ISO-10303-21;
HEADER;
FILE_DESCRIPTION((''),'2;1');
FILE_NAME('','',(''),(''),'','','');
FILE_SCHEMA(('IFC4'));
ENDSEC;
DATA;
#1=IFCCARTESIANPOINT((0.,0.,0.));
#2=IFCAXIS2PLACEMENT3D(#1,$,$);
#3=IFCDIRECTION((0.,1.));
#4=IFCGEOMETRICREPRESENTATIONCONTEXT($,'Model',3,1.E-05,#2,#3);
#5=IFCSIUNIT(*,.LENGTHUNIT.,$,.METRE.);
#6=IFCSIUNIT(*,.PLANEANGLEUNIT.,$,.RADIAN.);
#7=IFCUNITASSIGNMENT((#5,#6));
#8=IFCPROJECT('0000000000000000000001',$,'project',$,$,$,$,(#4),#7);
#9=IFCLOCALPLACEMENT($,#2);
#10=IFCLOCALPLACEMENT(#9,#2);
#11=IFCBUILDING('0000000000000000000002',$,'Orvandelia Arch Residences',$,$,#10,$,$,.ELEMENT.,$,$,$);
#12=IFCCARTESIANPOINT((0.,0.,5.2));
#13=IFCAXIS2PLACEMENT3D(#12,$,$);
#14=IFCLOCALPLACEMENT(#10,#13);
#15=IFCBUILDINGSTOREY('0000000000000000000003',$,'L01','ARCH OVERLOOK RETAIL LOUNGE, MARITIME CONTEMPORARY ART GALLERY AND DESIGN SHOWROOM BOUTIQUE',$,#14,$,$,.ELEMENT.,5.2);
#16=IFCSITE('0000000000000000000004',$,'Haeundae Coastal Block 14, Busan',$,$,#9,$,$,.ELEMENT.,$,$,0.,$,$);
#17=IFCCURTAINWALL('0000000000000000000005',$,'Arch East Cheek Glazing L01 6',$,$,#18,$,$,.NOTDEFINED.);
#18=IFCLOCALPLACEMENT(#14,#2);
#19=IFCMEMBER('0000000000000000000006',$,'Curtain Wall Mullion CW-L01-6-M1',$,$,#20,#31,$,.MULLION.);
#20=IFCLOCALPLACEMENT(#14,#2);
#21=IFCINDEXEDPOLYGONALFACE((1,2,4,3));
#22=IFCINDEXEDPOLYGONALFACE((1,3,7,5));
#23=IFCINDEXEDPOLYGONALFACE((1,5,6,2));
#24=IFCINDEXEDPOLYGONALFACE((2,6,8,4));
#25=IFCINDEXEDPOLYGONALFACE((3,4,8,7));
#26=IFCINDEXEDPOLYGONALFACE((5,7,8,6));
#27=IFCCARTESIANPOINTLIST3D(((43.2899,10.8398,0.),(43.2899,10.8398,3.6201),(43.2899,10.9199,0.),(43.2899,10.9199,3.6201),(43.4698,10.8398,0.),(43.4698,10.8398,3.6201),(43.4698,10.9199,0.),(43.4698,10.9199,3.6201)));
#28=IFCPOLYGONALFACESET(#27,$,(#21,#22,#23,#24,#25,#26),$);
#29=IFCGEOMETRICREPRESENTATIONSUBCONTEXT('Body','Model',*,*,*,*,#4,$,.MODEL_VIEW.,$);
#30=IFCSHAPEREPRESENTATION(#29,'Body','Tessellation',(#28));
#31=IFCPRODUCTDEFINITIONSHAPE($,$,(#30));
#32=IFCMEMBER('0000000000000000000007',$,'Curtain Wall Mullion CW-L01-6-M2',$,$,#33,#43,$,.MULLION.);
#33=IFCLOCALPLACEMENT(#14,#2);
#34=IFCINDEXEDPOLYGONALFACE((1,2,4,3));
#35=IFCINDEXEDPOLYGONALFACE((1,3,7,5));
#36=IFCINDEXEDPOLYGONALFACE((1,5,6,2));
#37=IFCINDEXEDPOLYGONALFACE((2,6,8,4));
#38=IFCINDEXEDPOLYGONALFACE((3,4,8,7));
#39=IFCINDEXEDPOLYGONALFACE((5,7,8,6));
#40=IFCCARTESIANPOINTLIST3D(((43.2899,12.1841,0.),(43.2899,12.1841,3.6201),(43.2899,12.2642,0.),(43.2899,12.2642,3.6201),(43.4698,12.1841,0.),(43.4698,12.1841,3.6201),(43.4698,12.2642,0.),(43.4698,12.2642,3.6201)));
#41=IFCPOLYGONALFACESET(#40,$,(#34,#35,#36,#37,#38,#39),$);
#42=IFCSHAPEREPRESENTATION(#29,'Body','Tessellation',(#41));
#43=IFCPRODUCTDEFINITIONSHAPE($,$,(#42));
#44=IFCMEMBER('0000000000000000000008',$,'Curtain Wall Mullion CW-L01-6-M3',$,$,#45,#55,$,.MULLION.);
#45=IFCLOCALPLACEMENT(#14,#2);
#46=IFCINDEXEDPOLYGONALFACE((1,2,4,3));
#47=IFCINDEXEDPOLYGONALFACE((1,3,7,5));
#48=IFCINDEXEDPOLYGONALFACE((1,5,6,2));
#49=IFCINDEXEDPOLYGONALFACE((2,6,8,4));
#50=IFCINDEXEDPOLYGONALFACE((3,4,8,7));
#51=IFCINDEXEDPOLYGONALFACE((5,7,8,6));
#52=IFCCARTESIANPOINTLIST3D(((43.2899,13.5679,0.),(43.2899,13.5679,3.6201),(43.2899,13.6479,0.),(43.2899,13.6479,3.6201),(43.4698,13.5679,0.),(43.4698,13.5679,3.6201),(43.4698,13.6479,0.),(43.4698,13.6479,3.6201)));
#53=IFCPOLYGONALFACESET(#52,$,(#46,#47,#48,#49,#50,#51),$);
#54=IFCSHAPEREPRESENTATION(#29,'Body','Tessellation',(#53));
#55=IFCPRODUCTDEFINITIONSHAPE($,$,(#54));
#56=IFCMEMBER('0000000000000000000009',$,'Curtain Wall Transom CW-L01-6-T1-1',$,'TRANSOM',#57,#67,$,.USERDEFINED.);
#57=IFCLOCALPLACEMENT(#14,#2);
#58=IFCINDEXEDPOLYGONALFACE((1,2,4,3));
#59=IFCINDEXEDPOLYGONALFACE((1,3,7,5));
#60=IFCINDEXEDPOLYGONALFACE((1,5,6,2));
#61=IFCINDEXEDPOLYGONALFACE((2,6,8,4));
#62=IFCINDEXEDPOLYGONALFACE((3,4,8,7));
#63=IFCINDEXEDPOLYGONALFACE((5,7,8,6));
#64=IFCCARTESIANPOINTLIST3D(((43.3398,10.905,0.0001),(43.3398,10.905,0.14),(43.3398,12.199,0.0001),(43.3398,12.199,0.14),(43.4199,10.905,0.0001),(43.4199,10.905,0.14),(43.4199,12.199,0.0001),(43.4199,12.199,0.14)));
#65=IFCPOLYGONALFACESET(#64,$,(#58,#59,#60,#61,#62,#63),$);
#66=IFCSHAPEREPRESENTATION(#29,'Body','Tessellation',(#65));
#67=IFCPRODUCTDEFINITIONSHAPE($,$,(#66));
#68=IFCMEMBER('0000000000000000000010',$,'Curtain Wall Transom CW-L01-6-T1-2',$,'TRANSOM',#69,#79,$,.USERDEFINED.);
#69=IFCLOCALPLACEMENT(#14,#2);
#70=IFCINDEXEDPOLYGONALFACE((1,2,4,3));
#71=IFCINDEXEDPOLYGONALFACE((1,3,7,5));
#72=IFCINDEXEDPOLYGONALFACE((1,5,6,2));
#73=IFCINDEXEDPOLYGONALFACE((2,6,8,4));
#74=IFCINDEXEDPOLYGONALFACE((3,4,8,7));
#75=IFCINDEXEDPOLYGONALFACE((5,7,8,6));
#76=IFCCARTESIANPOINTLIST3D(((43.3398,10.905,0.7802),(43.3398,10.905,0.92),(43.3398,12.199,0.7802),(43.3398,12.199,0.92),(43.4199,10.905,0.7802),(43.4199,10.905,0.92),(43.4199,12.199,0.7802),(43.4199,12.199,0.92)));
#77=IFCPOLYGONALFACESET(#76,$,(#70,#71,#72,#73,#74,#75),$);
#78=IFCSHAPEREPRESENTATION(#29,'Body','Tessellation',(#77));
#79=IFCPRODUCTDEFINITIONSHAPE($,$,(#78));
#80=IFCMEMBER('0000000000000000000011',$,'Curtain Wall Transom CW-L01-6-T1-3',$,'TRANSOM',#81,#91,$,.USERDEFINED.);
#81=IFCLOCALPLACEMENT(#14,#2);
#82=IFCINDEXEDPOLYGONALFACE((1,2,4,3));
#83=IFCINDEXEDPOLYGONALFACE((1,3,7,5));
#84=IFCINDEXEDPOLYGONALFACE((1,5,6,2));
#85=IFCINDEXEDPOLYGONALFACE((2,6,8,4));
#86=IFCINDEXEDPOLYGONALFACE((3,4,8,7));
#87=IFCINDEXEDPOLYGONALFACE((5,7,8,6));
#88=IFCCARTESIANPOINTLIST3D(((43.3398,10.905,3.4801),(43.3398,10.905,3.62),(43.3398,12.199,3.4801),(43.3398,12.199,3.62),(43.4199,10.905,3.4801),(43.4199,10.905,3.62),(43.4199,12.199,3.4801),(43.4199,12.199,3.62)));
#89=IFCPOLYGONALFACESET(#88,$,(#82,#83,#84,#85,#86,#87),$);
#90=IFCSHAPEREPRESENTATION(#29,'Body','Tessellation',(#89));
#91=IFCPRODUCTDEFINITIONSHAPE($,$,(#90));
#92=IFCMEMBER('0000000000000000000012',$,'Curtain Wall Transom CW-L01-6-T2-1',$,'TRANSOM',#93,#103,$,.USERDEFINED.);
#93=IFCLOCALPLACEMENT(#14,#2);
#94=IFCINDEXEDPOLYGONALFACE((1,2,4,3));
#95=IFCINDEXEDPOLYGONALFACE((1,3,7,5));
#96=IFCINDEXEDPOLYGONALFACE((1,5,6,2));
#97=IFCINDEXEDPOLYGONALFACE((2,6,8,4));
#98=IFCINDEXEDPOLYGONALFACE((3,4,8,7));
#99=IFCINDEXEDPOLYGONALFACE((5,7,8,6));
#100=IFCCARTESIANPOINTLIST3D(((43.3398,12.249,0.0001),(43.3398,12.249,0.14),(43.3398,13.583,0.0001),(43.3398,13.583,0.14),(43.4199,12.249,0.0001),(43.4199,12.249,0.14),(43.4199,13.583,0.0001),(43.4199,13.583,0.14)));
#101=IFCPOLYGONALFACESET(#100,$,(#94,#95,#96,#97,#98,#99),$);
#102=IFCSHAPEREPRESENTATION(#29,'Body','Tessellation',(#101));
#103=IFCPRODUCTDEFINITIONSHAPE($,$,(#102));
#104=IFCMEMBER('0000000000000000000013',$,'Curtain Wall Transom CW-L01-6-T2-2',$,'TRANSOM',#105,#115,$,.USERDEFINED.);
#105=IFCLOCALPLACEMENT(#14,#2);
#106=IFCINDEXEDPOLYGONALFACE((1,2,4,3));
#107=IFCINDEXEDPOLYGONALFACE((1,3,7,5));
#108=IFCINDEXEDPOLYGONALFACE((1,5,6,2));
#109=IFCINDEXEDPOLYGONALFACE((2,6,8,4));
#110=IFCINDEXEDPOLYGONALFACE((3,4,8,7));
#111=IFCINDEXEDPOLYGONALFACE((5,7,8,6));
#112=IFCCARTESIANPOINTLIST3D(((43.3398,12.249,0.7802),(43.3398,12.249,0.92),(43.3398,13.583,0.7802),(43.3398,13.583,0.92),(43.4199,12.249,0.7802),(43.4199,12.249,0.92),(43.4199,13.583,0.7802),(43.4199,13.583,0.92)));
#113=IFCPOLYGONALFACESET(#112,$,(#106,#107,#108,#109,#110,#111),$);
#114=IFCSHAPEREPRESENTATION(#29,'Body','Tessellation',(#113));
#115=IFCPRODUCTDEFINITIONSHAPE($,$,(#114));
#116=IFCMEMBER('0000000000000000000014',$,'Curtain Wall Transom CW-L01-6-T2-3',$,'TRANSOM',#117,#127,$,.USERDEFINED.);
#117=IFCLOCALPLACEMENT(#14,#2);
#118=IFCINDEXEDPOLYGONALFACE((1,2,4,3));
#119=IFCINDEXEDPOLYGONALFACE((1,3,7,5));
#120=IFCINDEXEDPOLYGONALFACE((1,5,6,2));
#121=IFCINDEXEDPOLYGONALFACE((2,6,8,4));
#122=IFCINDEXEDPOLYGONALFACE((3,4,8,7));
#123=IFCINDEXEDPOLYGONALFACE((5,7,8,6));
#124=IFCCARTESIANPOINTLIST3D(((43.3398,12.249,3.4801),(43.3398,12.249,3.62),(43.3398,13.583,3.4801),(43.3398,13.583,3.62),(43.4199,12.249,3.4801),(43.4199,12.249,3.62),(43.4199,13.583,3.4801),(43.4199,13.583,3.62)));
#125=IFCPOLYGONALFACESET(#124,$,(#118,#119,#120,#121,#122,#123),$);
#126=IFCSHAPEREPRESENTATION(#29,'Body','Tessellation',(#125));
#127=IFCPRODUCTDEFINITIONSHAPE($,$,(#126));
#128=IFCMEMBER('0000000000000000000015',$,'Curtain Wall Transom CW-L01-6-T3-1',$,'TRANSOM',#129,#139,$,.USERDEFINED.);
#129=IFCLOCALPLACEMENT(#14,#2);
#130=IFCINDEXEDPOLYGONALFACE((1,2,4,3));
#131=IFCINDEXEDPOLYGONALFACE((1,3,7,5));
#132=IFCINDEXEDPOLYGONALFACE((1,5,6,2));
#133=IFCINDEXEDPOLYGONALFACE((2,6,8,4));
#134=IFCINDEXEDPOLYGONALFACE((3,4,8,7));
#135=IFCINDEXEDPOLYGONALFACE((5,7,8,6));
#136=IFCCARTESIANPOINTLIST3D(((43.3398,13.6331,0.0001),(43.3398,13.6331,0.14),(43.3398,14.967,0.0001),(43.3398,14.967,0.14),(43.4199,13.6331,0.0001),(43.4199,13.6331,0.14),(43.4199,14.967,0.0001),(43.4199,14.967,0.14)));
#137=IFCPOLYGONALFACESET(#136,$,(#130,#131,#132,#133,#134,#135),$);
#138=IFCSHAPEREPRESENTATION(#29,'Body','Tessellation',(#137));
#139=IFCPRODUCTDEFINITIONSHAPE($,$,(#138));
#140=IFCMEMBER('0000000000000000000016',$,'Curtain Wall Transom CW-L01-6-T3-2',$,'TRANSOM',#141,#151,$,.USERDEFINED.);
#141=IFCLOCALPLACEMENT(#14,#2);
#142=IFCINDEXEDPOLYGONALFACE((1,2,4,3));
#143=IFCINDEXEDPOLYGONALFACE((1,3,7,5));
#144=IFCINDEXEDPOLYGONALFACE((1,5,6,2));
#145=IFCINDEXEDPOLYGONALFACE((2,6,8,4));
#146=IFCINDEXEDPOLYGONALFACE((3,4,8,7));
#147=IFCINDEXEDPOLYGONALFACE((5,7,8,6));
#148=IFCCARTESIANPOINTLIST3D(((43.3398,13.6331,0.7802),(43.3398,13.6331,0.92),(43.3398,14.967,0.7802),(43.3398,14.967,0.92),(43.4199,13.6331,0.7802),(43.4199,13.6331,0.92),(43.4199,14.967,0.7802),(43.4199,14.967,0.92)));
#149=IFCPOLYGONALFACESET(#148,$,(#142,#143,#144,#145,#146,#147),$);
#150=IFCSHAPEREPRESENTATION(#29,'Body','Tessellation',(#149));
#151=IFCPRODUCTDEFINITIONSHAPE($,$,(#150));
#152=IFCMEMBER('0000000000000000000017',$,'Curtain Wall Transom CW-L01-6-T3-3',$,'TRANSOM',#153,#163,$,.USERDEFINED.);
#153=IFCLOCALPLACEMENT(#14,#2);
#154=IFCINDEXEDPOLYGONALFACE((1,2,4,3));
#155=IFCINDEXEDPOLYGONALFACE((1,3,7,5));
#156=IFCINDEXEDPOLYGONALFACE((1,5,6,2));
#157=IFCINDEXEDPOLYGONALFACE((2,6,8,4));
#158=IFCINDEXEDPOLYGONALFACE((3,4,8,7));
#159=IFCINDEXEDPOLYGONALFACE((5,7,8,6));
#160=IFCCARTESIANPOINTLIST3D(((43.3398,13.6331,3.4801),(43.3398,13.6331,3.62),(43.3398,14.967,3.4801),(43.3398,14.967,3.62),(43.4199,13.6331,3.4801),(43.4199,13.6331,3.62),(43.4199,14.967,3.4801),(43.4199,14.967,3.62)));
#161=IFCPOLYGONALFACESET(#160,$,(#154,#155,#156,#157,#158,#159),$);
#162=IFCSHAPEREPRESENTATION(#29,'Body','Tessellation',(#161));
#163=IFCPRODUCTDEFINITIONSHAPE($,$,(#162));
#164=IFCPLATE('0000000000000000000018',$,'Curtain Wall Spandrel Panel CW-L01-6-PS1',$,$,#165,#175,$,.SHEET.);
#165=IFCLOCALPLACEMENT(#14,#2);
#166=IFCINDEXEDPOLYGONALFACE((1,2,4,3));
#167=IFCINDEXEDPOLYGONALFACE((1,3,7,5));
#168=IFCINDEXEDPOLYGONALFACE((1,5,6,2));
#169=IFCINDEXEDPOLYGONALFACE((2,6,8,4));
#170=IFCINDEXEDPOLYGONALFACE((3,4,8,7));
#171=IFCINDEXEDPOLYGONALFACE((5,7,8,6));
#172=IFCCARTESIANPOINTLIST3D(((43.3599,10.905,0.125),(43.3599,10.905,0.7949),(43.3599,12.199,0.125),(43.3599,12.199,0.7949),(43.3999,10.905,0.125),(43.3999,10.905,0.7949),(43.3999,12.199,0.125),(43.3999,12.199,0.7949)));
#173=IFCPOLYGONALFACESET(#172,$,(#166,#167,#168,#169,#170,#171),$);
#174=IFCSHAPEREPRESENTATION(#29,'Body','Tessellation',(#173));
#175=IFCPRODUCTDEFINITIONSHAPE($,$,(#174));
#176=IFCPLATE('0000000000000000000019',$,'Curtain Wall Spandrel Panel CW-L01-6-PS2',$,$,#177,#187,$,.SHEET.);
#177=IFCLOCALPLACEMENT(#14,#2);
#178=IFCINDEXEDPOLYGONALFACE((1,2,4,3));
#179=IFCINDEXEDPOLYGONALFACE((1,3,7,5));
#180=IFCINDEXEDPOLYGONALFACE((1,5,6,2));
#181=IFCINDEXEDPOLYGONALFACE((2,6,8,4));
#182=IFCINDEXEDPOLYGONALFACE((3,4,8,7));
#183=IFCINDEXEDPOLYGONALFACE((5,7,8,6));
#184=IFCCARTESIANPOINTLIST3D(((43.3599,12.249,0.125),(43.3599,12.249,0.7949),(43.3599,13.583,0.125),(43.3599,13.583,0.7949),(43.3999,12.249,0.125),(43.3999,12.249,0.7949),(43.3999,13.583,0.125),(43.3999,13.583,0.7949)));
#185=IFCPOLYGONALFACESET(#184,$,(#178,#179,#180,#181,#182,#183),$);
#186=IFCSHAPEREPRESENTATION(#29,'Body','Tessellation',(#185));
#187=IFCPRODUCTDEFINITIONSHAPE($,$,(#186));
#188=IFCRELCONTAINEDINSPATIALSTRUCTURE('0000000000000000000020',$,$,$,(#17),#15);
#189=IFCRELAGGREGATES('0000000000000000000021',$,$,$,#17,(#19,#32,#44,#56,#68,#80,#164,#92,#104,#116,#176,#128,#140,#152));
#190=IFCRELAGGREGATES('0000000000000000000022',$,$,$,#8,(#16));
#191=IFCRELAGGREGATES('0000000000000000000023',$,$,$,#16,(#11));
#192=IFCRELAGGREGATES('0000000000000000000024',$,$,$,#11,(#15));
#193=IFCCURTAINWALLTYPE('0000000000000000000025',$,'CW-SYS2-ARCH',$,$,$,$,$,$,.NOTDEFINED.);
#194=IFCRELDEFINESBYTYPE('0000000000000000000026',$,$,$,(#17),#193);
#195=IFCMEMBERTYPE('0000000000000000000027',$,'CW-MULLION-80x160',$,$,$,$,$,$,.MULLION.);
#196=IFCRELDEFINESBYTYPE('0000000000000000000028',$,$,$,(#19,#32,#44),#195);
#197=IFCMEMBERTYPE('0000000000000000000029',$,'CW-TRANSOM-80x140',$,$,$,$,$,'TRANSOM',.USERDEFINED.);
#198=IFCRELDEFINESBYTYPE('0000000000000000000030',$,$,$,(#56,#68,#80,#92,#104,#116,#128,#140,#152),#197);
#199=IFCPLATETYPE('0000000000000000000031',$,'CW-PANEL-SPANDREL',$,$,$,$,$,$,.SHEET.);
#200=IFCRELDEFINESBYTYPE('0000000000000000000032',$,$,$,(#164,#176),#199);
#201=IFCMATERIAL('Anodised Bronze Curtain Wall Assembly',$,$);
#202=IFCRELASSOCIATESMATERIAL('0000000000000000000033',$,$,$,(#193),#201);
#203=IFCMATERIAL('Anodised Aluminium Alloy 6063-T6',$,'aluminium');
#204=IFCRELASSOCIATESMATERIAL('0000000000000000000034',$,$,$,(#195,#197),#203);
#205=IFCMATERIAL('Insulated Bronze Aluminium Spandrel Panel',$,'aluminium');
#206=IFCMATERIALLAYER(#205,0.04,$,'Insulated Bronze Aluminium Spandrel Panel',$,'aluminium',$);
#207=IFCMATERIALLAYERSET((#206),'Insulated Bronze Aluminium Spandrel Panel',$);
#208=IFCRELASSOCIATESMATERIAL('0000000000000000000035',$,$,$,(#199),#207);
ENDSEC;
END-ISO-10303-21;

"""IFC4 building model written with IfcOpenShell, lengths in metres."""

from ifc_helpers import new_model, si_unit, direction, frame, origin, origin_2d, place, context, subcontext, project, spatial, rectangle, extrude, material, layer, layer_set, material_profile, profile_set, type_object, element, aggregate, save


model = new_model("IFC4")

# Units and contexts
model_context = context("Model", 3, precision=1e-05, world=origin(), true_north=direction((0.0, 1.0)))
body_context = subcontext(model_context, "Body", "Model", "MODEL_VIEW")
ifc_project = project(units=[si_unit("LENGTHUNIT", "METRE"), si_unit("PLANEANGLEUNIT", "RADIAN")], contexts=[model_context])

# Site, building, storey
site_placement = place(None, origin())
site = spatial("IfcSite", under=ifc_project, at=site_placement, Name="Haeundae Coastal Block 14, Busan", CompositionType="ELEMENT", RefElevation=0.0)
building_placement = place(site_placement, origin())
building = spatial("IfcBuilding", under=site, at=building_placement, Name="Orvandelia Arch Residences", CompositionType="ELEMENT")
storey_placement = place(building_placement, frame((0.0, 0.0, 5.2)))
storey = spatial("IfcBuildingStorey", under=building, at=storey_placement, Name="L01", Description="ARCH OVERLOOK RETAIL LOUNGE, MARITIME CONTEMPORARY ART GALLERY AND DESIGN SHOWROOM BOUTIQUE", CompositionType="ELEMENT", Elevation=5.2)

# Curtain wall, members, plates
ifc_material_1 = material(Name="Anodised Bronze Curtain Wall Assembly")
curtain_wall_type = type_object("IfcCurtainWallType", Name="CW-SYS2-ARCH", PredefinedType="NOTDEFINED", material=ifc_material_1)
curtain_wall_placement = place(storey_placement, origin())
curtain_wall = element("IfcCurtainWall", 1, at=curtain_wall_placement, inside=storey, type_object=curtain_wall_type, Name="Arch East Cheek Glazing L01 6", PredefinedType="NOTDEFINED")
ifc_material_2 = material(Name="Anodised Aluminium Alloy 6063-T6", Category="aluminium")
ifc_material_profile_1 = material_profile(ifc_material_2, rectangle(XDim=0.0801, YDim=0.1799, at=origin_2d()), Name="Anodised Aluminium Alloy 6063-T6", Category="aluminium")
ifc_profile_set_1 = profile_set([ifc_material_profile_1], Name="Anodised Aluminium Alloy 6063-T6")
member_type_1 = type_object("IfcMemberType", Name="CW-MULLION-80x160", PredefinedType="MULLION", material=ifc_profile_set_1)
member_1_placement = place(storey_placement, frame((43.3799, 10.8799, 0.0), z_axis=(0.0, 0.0, 1.0), x_axis=(0.0, 1.0, 0.0)))
member_1 = element("IfcMember", 2, at=member_1_placement, type_object=member_type_1, Name="Curtain Wall Mullion CW-L01-6-M1", PredefinedType="MULLION", context=body_context, shape_type="SweptSolid", body=[
    extrude(rectangle(XDim=0.0801, YDim=0.1799, at=origin_2d()), origin(), (0.0, 0.0, 1.0), 3.6201),
])
member_2_placement = place(storey_placement, frame((43.3799, 12.2241, 0.0), z_axis=(0.0, 0.0, 1.0), x_axis=(0.0, 1.0, 0.0)))
member_2 = element("IfcMember", 3, at=member_2_placement, type_object=member_type_1, Name="Curtain Wall Mullion CW-L01-6-M2", PredefinedType="MULLION", context=body_context, shape_type="SweptSolid", body=[
    extrude(rectangle(XDim=0.0801, YDim=0.1799, at=origin_2d()), origin(), (0.0, 0.0, 1.0), 3.6201),
])
member_3_placement = place(storey_placement, frame((43.3799, 13.6079, 0.0), z_axis=(0.0, 0.0, 1.0), x_axis=(0.0, 1.0, 0.0)))
member_3 = element("IfcMember", 4, at=member_3_placement, type_object=member_type_1, Name="Curtain Wall Mullion CW-L01-6-M3", PredefinedType="MULLION", context=body_context, shape_type="SweptSolid", body=[
    extrude(rectangle(XDim=0.0801, YDim=0.1799, at=origin_2d()), origin(), (0.0, 0.0, 1.0), 3.6201),
])
ifc_material_profile_2 = material_profile(ifc_material_2, rectangle(XDim=0.0801, YDim=0.1399, at=origin_2d()), Name="Anodised Aluminium Alloy 6063-T6", Category="aluminium")
ifc_profile_set_2 = profile_set([ifc_material_profile_2], Name="Anodised Aluminium Alloy 6063-T6")
member_type_2 = type_object("IfcMemberType", Name="CW-TRANSOM-80x140", ElementType="TRANSOM", PredefinedType="USERDEFINED", material=ifc_profile_set_2)
member_4_placement = place(storey_placement, frame((43.3799, 10.905, 0.0701), z_axis=(0.0, 1.0, 0.0), x_axis=(-1.0, 0.0, 0.0)))
member_4 = element("IfcMember", 5, at=member_4_placement, type_object=member_type_2, Name="Curtain Wall Transom CW-L01-6-T1-1", ObjectType="TRANSOM", PredefinedType="USERDEFINED", context=body_context, shape_type="SweptSolid", body=[
    extrude(rectangle(XDim=0.0801, YDim=0.1399, at=origin_2d()), origin(), (0.0, 0.0, 1.0), 1.2939),
])
member_5_placement = place(storey_placement, frame((43.3799, 10.905, 0.8501), z_axis=(0.0, 1.0, 0.0), x_axis=(-1.0, 0.0, 0.0)))
member_5 = element("IfcMember", 6, at=member_5_placement, type_object=member_type_2, Name="Curtain Wall Transom CW-L01-6-T1-2", ObjectType="TRANSOM", PredefinedType="USERDEFINED", context=body_context, shape_type="SweptSolid", body=[
    extrude(rectangle(XDim=0.0801, YDim=0.1399, at=origin_2d()), origin(), (0.0, 0.0, 1.0), 1.2939),
])
member_6_placement = place(storey_placement, frame((43.3799, 10.905, 3.55), z_axis=(0.0, 1.0, 0.0), x_axis=(-1.0, 0.0, 0.0)))
member_6 = element("IfcMember", 7, at=member_6_placement, type_object=member_type_2, Name="Curtain Wall Transom CW-L01-6-T1-3", ObjectType="TRANSOM", PredefinedType="USERDEFINED", context=body_context, shape_type="SweptSolid", body=[
    extrude(rectangle(XDim=0.0801, YDim=0.1399, at=origin_2d()), origin(), (0.0, 0.0, 1.0), 1.2939),
])
member_7_placement = place(storey_placement, frame((43.3799, 12.249, 0.0701), z_axis=(0.0, 1.0, 0.0), x_axis=(-1.0, 0.0, 0.0)))
member_7 = element("IfcMember", 8, at=member_7_placement, type_object=member_type_2, Name="Curtain Wall Transom CW-L01-6-T2-1", ObjectType="TRANSOM", PredefinedType="USERDEFINED", context=body_context, shape_type="SweptSolid", body=[
    extrude(rectangle(XDim=0.0801, YDim=0.1399, at=origin_2d()), origin(), (0.0, 0.0, 1.0), 1.334),
])
member_8_placement = place(storey_placement, frame((43.3799, 12.249, 0.8501), z_axis=(0.0, 1.0, 0.0), x_axis=(-1.0, 0.0, 0.0)))
member_8 = element("IfcMember", 9, at=member_8_placement, type_object=member_type_2, Name="Curtain Wall Transom CW-L01-6-T2-2", ObjectType="TRANSOM", PredefinedType="USERDEFINED", context=body_context, shape_type="SweptSolid", body=[
    extrude(rectangle(XDim=0.0801, YDim=0.1399, at=origin_2d()), origin(), (0.0, 0.0, 1.0), 1.334),
])
member_9_placement = place(storey_placement, frame((43.3799, 12.249, 3.55), z_axis=(0.0, 1.0, 0.0), x_axis=(-1.0, 0.0, 0.0)))
member_9 = element("IfcMember", 10, at=member_9_placement, type_object=member_type_2, Name="Curtain Wall Transom CW-L01-6-T2-3", ObjectType="TRANSOM", PredefinedType="USERDEFINED", context=body_context, shape_type="SweptSolid", body=[
    extrude(rectangle(XDim=0.0801, YDim=0.1399, at=origin_2d()), origin(), (0.0, 0.0, 1.0), 1.334),
])
member_10_placement = place(storey_placement, frame((43.3799, 13.6331, 0.0701), z_axis=(0.0, 1.0, 0.0), x_axis=(-1.0, 0.0, 0.0)))
member_10 = element("IfcMember", 11, at=member_10_placement, type_object=member_type_2, Name="Curtain Wall Transom CW-L01-6-T3-1", ObjectType="TRANSOM", PredefinedType="USERDEFINED", context=body_context, shape_type="SweptSolid", body=[
    extrude(rectangle(XDim=0.0801, YDim=0.1399, at=origin_2d()), origin(), (0.0, 0.0, 1.0), 1.334),
])
member_11_placement = place(storey_placement, frame((43.3799, 13.6331, 0.8501), z_axis=(0.0, 1.0, 0.0), x_axis=(-1.0, 0.0, 0.0)))
member_11 = element("IfcMember", 12, at=member_11_placement, type_object=member_type_2, Name="Curtain Wall Transom CW-L01-6-T3-2", ObjectType="TRANSOM", PredefinedType="USERDEFINED", context=body_context, shape_type="SweptSolid", body=[
    extrude(rectangle(XDim=0.0801, YDim=0.1399, at=origin_2d()), origin(), (0.0, 0.0, 1.0), 1.334),
])
member_12_placement = place(storey_placement, frame((43.3799, 13.6331, 3.55), z_axis=(0.0, 1.0, 0.0), x_axis=(-1.0, 0.0, 0.0)))
member_12 = element("IfcMember", 13, at=member_12_placement, type_object=member_type_2, Name="Curtain Wall Transom CW-L01-6-T3-3", ObjectType="TRANSOM", PredefinedType="USERDEFINED", context=body_context, shape_type="SweptSolid", body=[
    extrude(rectangle(XDim=0.0801, YDim=0.1399, at=origin_2d()), origin(), (0.0, 0.0, 1.0), 1.334),
])
ifc_material_3 = material(Name="Insulated Bronze Aluminium Spandrel Panel", Category="aluminium")
ifc_layer_1 = layer(ifc_material_3, 0.04, Name="Insulated Bronze Aluminium Spandrel Panel", Category="aluminium")
ifc_layer_set_1 = layer_set([ifc_layer_1], Name="Insulated Bronze Aluminium Spandrel Panel")
plate_type_1 = type_object("IfcPlateType", Name="CW-PANEL-SPANDREL", PredefinedType="SHEET", material=ifc_layer_set_1)
plate_1_placement = place(storey_placement, frame((43.3799, 11.552, 0.125), z_axis=(0.0, 0.0, 1.0), x_axis=(0.0, 1.0, 0.0)))
plate_1 = element("IfcPlate", 14, at=plate_1_placement, type_object=plate_type_1, Name="Curtain Wall Spandrel Panel CW-L01-6-PS1", PredefinedType="SHEET", context=body_context, shape_type="SweptSolid", body=[
    extrude(rectangle(XDim=1.2939, YDim=0.04, at=origin_2d()), origin(), (0.0, 0.0, 1.0), 0.6699),
])
plate_2_placement = place(storey_placement, frame((43.3799, 12.916, 0.125), z_axis=(0.0, 0.0, 1.0), x_axis=(0.0, 1.0, 0.0)))
plate_2 = element("IfcPlate", 15, at=plate_2_placement, type_object=plate_type_1, Name="Curtain Wall Spandrel Panel CW-L01-6-PS2", PredefinedType="SHEET", context=body_context, shape_type="SweptSolid", body=[
    extrude(rectangle(XDim=1.334, YDim=0.04, at=origin_2d()), origin(), (0.0, 0.0, 1.0), 0.6699),
])
aggregate(curtain_wall, [member_1, member_2, member_3, member_4, member_5, member_6, plate_1, member_7, member_8, member_9, plate_2, member_10, member_11, member_12])

save(model, "model.ifc")
